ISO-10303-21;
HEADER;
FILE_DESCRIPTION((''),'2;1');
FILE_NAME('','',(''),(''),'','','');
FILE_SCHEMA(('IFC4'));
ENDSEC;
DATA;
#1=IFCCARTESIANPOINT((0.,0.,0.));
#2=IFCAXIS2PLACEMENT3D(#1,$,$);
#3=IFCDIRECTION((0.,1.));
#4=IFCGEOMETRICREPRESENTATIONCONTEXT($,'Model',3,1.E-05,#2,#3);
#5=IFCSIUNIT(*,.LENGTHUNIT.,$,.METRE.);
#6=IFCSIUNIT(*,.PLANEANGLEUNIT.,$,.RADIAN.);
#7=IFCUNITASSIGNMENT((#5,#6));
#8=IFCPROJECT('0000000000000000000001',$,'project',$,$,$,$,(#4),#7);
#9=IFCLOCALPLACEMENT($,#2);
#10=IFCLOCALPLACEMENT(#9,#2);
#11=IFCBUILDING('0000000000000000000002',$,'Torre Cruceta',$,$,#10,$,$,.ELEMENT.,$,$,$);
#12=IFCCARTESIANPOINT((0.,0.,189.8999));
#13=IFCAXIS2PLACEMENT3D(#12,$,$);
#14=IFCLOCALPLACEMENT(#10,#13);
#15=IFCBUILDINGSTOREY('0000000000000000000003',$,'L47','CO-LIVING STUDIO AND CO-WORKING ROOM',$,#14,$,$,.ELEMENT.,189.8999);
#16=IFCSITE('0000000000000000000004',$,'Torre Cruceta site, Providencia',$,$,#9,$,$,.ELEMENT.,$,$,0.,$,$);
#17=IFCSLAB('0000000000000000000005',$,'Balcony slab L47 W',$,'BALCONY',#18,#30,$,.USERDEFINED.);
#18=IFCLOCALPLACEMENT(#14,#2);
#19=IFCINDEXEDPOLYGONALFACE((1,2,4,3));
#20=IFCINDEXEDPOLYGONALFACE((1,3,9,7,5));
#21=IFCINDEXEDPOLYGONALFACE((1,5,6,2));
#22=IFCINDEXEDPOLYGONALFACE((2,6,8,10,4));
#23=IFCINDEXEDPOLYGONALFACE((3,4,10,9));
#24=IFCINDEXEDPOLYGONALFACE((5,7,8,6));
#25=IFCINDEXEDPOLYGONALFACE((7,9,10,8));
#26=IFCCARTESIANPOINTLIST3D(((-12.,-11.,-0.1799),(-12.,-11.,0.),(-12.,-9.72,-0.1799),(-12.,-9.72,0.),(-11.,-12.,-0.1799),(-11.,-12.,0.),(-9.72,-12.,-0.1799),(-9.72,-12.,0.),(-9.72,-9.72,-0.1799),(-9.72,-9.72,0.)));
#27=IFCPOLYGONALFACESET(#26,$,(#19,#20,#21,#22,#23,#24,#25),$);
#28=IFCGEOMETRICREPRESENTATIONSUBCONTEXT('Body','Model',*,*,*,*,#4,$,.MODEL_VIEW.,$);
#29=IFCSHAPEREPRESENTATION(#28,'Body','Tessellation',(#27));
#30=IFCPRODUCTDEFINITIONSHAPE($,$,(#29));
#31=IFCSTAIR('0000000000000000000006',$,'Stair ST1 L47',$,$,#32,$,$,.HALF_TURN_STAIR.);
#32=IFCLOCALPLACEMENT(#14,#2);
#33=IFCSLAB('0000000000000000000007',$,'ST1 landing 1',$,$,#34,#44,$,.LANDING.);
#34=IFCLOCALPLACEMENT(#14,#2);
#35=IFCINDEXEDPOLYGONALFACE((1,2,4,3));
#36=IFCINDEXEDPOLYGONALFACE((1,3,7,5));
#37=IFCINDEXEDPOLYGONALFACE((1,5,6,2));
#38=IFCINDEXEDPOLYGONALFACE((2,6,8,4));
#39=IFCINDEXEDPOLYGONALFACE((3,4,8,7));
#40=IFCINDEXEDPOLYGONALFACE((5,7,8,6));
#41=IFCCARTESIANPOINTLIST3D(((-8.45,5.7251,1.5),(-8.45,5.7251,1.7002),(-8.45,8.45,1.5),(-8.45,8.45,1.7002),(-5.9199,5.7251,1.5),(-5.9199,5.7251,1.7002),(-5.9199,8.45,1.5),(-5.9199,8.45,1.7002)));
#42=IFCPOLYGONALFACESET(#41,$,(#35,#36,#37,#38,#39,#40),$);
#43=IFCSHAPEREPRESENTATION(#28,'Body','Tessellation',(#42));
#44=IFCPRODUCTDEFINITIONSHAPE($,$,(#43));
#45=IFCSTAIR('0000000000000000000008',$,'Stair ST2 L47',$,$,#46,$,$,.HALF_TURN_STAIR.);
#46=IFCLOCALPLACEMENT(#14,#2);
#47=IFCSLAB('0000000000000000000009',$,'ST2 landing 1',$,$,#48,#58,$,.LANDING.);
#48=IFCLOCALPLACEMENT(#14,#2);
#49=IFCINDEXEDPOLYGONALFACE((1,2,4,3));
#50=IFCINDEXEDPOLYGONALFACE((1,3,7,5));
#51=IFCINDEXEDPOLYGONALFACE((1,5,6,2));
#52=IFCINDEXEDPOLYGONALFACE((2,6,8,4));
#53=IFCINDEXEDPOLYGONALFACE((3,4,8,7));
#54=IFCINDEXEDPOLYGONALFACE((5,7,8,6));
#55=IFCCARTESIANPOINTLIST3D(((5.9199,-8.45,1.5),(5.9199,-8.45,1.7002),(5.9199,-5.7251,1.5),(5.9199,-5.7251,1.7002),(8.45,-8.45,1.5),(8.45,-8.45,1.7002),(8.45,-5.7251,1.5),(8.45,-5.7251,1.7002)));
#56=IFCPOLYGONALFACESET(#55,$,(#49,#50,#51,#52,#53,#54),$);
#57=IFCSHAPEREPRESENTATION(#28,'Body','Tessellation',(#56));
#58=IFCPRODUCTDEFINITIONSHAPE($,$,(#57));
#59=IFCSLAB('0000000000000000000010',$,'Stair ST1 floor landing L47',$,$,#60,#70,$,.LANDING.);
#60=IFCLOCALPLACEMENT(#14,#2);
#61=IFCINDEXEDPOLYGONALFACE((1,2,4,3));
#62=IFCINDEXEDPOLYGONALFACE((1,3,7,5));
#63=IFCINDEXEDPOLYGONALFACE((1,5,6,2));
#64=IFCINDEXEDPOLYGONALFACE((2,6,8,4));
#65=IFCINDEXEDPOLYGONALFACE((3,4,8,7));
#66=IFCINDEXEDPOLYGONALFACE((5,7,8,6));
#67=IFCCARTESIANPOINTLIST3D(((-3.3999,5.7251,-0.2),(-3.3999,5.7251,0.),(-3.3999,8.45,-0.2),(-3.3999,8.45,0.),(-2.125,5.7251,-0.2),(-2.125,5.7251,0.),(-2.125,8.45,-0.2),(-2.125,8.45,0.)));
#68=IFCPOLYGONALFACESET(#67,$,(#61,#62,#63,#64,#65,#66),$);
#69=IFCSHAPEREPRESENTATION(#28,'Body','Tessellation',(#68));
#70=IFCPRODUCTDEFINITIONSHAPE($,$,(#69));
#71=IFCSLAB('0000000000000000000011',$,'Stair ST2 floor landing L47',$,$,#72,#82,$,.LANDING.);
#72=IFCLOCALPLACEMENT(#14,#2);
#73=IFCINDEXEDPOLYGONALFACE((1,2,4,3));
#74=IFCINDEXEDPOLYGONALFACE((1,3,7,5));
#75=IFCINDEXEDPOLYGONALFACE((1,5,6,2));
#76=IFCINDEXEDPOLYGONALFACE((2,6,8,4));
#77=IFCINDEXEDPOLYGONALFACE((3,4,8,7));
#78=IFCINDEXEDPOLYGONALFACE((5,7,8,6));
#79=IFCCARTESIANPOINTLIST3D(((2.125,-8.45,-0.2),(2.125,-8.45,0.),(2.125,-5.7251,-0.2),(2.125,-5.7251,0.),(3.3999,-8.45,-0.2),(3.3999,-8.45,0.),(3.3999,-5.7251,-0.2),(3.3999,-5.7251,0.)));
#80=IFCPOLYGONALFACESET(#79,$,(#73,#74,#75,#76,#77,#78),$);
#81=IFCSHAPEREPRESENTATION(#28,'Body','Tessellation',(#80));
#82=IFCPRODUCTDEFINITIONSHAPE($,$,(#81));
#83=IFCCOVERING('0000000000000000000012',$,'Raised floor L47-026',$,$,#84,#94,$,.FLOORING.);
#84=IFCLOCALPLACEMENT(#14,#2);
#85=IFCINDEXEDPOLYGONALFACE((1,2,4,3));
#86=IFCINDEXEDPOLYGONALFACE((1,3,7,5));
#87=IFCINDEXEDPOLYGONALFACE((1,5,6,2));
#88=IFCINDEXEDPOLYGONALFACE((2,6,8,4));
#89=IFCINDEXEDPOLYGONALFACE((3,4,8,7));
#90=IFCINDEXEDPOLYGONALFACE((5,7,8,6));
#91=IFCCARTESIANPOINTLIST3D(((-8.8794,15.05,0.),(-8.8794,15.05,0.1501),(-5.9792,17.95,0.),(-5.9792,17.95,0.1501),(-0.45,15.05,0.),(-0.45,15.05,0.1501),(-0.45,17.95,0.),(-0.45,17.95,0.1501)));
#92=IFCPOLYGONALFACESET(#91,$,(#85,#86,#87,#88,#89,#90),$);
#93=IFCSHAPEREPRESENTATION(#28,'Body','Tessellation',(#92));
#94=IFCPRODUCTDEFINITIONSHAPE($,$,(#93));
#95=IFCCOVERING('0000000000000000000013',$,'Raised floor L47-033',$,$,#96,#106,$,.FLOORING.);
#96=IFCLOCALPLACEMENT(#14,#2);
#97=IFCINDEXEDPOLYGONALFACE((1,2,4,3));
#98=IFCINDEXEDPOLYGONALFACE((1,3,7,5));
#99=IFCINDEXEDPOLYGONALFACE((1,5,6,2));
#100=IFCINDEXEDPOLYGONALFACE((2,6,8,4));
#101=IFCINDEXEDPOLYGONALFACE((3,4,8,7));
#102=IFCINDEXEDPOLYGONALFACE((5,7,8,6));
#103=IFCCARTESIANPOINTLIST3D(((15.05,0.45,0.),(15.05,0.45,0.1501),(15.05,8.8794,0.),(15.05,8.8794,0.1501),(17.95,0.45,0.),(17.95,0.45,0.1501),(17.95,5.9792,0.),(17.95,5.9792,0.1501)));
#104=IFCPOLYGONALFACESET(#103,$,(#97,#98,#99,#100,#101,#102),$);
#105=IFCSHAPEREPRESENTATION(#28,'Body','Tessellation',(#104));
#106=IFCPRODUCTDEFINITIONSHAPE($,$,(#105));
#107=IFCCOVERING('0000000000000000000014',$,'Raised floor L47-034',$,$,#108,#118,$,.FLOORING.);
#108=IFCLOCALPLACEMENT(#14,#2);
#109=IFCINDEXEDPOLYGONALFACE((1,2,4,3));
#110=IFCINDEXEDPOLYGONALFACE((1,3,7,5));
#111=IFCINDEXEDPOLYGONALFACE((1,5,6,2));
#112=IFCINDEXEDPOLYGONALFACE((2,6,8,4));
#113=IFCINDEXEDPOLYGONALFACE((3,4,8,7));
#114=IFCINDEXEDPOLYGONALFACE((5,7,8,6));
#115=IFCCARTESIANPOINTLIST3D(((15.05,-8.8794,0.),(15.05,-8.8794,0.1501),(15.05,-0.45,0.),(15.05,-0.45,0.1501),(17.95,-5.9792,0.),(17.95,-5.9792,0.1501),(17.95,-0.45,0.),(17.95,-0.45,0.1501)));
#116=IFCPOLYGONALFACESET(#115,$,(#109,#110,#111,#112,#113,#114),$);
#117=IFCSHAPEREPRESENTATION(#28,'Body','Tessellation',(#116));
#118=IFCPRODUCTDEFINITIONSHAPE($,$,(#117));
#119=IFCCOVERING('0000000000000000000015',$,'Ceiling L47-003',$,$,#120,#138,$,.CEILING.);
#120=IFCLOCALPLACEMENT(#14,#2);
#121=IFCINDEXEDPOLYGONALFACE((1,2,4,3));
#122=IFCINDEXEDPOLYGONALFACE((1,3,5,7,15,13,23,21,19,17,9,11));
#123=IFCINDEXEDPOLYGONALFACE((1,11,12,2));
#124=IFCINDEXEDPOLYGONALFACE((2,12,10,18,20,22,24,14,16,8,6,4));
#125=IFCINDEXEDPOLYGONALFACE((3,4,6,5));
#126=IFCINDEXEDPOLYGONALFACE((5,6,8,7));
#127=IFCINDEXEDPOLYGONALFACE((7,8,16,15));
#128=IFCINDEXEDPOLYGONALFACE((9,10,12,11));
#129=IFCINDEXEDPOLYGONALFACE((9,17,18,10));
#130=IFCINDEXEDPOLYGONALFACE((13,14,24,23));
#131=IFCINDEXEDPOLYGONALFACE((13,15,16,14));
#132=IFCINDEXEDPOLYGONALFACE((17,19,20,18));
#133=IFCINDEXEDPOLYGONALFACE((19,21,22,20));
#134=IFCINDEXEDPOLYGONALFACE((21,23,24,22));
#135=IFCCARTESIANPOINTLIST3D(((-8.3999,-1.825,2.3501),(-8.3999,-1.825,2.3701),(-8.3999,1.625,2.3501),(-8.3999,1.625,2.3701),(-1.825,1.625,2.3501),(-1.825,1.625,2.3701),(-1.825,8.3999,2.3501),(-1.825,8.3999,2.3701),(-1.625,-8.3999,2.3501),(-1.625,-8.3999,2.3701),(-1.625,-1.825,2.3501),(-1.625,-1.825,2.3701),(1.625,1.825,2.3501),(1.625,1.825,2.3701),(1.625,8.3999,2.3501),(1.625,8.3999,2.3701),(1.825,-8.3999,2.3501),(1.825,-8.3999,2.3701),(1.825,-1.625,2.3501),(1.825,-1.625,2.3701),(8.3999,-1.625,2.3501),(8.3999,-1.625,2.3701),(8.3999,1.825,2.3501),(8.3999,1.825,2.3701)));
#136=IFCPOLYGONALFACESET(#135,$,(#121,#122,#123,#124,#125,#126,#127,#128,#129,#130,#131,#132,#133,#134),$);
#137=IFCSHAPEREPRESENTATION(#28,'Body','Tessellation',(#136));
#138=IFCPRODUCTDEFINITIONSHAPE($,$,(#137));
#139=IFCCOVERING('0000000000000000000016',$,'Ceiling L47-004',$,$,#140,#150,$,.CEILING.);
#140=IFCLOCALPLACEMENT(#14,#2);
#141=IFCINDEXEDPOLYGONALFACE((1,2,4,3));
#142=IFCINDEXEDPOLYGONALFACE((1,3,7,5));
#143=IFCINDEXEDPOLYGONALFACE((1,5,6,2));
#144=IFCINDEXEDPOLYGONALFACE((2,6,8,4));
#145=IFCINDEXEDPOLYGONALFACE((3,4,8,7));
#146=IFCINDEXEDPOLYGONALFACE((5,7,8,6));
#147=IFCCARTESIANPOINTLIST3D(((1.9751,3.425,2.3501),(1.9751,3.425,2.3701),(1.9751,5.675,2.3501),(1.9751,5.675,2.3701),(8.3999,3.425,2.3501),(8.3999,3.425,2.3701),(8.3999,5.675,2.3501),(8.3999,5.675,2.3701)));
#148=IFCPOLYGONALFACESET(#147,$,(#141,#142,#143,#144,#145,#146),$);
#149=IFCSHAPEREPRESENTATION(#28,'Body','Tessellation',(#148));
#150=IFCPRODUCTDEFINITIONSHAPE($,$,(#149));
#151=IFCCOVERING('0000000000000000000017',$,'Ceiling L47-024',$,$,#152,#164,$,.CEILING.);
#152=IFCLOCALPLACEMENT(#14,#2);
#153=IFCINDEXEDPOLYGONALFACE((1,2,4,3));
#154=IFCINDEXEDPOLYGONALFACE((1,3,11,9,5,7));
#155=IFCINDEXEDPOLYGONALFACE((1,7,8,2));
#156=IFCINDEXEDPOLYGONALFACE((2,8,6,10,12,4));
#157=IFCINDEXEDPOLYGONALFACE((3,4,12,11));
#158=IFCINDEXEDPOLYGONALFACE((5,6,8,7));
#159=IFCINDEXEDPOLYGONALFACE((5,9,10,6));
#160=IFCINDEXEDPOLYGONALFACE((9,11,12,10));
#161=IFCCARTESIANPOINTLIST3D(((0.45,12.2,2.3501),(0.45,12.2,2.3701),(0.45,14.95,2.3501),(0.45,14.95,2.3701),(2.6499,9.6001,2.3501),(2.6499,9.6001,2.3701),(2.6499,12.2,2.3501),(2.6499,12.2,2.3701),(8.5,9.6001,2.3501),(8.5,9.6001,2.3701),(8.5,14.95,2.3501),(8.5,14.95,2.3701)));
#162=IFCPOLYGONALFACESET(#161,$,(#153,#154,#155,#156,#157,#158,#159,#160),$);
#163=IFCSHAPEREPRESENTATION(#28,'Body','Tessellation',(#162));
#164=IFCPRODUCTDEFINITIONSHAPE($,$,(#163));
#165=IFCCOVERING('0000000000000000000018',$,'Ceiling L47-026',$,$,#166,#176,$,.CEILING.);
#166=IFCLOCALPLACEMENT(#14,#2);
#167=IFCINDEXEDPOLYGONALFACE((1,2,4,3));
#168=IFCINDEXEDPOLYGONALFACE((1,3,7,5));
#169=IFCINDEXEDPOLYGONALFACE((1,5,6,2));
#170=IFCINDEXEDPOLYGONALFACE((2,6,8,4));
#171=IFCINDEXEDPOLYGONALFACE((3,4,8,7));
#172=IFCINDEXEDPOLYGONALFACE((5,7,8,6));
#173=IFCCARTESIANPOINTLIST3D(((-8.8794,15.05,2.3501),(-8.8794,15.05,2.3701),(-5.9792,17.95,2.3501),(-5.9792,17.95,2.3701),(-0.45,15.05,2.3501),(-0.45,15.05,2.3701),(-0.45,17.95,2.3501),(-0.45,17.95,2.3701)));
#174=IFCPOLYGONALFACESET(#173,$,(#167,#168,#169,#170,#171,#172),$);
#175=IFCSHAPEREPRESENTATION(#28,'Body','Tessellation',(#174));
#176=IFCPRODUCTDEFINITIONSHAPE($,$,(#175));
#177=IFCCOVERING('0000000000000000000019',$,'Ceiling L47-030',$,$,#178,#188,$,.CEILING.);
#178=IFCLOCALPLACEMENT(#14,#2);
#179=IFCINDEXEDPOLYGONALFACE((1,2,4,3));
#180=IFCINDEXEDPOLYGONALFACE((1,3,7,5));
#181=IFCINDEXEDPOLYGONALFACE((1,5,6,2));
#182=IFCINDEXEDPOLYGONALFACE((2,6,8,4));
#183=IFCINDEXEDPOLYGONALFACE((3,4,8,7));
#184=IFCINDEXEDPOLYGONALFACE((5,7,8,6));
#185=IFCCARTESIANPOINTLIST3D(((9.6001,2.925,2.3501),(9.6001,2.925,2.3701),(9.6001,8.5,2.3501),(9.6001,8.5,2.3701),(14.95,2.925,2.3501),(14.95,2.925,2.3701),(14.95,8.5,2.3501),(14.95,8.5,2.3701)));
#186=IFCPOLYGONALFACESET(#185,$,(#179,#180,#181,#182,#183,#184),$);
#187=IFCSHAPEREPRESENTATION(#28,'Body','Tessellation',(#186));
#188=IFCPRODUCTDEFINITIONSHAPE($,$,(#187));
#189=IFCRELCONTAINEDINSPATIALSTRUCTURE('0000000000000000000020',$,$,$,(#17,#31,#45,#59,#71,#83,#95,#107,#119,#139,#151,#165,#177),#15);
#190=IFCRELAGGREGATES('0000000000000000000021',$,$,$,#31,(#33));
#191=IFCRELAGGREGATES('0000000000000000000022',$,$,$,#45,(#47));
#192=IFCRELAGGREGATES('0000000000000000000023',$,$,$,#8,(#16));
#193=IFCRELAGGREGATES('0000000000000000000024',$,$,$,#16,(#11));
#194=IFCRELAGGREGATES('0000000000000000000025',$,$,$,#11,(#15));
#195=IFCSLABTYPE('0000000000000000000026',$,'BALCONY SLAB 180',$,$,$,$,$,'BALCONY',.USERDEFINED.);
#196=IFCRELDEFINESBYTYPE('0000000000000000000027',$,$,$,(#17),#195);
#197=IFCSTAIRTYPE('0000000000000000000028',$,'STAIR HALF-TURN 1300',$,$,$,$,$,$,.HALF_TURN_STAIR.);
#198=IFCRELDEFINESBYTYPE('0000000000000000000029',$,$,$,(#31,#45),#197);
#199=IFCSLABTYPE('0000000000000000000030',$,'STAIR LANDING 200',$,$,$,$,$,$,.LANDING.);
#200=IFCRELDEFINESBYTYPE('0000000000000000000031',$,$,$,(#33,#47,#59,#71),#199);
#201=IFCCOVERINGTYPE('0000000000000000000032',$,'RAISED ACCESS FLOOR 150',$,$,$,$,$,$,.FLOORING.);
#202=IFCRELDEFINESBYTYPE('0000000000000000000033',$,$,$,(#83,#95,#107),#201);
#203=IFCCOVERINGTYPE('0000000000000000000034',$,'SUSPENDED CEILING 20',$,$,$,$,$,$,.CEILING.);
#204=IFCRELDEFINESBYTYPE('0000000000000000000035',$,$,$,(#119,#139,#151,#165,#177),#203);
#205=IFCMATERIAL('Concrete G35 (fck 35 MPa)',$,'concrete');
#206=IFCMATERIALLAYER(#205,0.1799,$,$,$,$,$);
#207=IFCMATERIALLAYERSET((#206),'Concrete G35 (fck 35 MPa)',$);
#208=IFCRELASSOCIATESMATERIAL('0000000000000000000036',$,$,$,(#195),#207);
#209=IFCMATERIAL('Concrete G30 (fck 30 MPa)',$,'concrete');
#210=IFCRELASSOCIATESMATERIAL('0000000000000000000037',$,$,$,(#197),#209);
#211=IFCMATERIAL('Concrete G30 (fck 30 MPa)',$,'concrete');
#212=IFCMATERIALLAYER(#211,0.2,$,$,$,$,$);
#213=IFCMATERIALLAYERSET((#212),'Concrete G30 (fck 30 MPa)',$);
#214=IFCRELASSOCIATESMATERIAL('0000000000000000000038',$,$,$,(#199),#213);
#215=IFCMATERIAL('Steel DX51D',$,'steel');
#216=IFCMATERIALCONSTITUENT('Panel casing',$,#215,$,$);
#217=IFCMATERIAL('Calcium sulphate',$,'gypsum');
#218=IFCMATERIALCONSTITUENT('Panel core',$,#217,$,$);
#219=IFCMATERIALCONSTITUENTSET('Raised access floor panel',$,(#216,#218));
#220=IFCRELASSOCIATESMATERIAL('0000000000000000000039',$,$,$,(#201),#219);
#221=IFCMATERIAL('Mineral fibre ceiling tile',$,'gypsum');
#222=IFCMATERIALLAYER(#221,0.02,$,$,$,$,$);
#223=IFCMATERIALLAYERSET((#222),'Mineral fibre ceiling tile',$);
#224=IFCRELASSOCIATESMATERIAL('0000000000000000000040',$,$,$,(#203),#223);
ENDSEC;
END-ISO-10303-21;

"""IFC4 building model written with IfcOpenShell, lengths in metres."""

from ifc_helpers import new_model, si_unit, direction, frame, origin, place, context, subcontext, project, spatial, polyline, outline, extrude, material, layer, layer_set, constituent, constituent_set, type_object, element, aggregate, save


model = new_model("IFC4")

# Units and contexts
model_context = context("Model", 3, precision=1e-05, world=origin(), true_north=direction((0.0, 1.0)))
body_context = subcontext(model_context, "Body", "Model", "MODEL_VIEW")
ifc_project = project(units=[si_unit("LENGTHUNIT", "METRE"), si_unit("PLANEANGLEUNIT", "RADIAN")], contexts=[model_context])

# Site, building, storey
site_placement = place(None, origin())
site = spatial("IfcSite", under=ifc_project, at=site_placement, Name="Torre Cruceta site, Providencia", CompositionType="ELEMENT", RefElevation=0.0)
building_placement = place(site_placement, origin())
building = spatial("IfcBuilding", under=site, at=building_placement, Name="Torre Cruceta", CompositionType="ELEMENT")
storey_placement = place(building_placement, frame((0.0, 0.0, 189.8999)))
storey = spatial("IfcBuildingStorey", under=building, at=storey_placement, Name="L47", Description="CO-LIVING STUDIO AND CO-WORKING ROOM", CompositionType="ELEMENT", Elevation=189.8999)

# Slab
ifc_material_1 = material(Name="Concrete G35 (fck 35 MPa)", Category="concrete")
ifc_layer_1 = layer(ifc_material_1, 0.1799)
ifc_layer_set_1 = layer_set([ifc_layer_1], Name="Concrete G35 (fck 35 MPa)")
slab_type_1 = type_object("IfcSlabType", Name="BALCONY SLAB 180", ElementType="BALCONY", PredefinedType="USERDEFINED", material=ifc_layer_set_1)
slab_1_placement = place(storey_placement, frame((0.0, 0.0, -0.1799)))
element("IfcSlab", 1, at=slab_1_placement, inside=storey, type_object=slab_type_1, Name="Balcony slab L47 W", ObjectType="BALCONY", PredefinedType="USERDEFINED", context=body_context, shape_type="SweptSolid", body=[
    extrude(outline(polyline([(-11.0, -12.0), (-12.0, -11.0), (-12.0, -9.72), (-9.72, -9.72), (-9.72, -12.0), (-11.0, -12.0)])), origin(), (0.0, 0.0, 1.0), 0.1799),
])

# Stairs, slabs
ifc_material_2 = material(Name="Concrete G30 (fck 30 MPa)", Category="concrete")
stair_type = type_object("IfcStairType", Name="STAIR HALF-TURN 1300", PredefinedType="HALF_TURN_STAIR", material=ifc_material_2)
stair_1_placement = place(storey_placement, origin())
stair_1 = element("IfcStair", 2, at=stair_1_placement, inside=storey, type_object=stair_type, Name="Stair ST1 L47", PredefinedType="HALF_TURN_STAIR")
ifc_material_3 = material(Name="Concrete G30 (fck 30 MPa)", Category="concrete")
ifc_layer_2 = layer(ifc_material_3, 0.2)
ifc_layer_set_2 = layer_set([ifc_layer_2], Name="Concrete G30 (fck 30 MPa)")
slab_type_2 = type_object("IfcSlabType", Name="STAIR LANDING 200", PredefinedType="LANDING", material=ifc_layer_set_2)
slab_2_placement = place(storey_placement, frame((0.0, 0.0, 1.5)))
slab_2 = element("IfcSlab", 3, at=slab_2_placement, type_object=slab_type_2, Name="ST1 landing 1", PredefinedType="LANDING", context=body_context, shape_type="SweptSolid", body=[
    extrude(outline(polyline([(-8.45, 5.7251), (-5.9199, 5.7251), (-5.9199, 8.45), (-8.45, 8.45), (-8.45, 5.7251)])), origin(), (0.0, 0.0, 1.0), 0.2002),
])
aggregate(stair_1, [slab_2])
stair_2_placement = place(storey_placement, origin())
stair_2 = element("IfcStair", 4, at=stair_2_placement, inside=storey, type_object=stair_type, Name="Stair ST2 L47", PredefinedType="HALF_TURN_STAIR")
slab_3_placement = place(storey_placement, frame((0.0, 0.0, 1.5)))
slab_3 = element("IfcSlab", 5, at=slab_3_placement, type_object=slab_type_2, Name="ST2 landing 1", PredefinedType="LANDING", context=body_context, shape_type="SweptSolid", body=[
    extrude(outline(polyline([(5.9199, -8.45), (8.45, -8.45), (8.45, -5.7251), (5.9199, -5.7251), (5.9199, -8.45)])), origin(), (0.0, 0.0, 1.0), 0.2002),
])
aggregate(stair_2, [slab_3])

# Slabs
slab_4_placement = place(storey_placement, frame((0.0, 0.0, -0.2)))
element("IfcSlab", 6, at=slab_4_placement, inside=storey, type_object=slab_type_2, Name="Stair ST1 floor landing L47", PredefinedType="LANDING", context=body_context, shape_type="SweptSolid", body=[
    extrude(outline(polyline([(-2.125, 8.45), (-2.125, 5.7251), (-3.3999, 5.7251), (-3.3999, 8.45), (-2.125, 8.45)])), origin(), (0.0, 0.0, 1.0), 0.2),
])
slab_5_placement = place(storey_placement, frame((0.0, 0.0, -0.2)))
element("IfcSlab", 7, at=slab_5_placement, inside=storey, type_object=slab_type_2, Name="Stair ST2 floor landing L47", PredefinedType="LANDING", context=body_context, shape_type="SweptSolid", body=[
    extrude(outline(polyline([(2.125, -8.45), (2.125, -5.7251), (3.3999, -5.7251), (3.3999, -8.45), (2.125, -8.45)])), origin(), (0.0, 0.0, 1.0), 0.2),
])

# Coverings
ifc_material_4 = material(Name="Steel DX51D", Category="steel")
ifc_constituent_1 = constituent(ifc_material_4, Name="Panel casing")
ifc_material_5 = material(Name="Calcium sulphate", Category="gypsum")
ifc_constituent_2 = constituent(ifc_material_5, Name="Panel core")
ifc_constituent_set = constituent_set(constituents=[ifc_constituent_1, ifc_constituent_2], Name="Raised access floor panel")
covering_type_1 = type_object("IfcCoveringType", Name="RAISED ACCESS FLOOR 150", PredefinedType="FLOORING", material=ifc_constituent_set)
covering_1_placement = place(storey_placement, origin())
element("IfcCovering", 8, at=covering_1_placement, inside=storey, type_object=covering_type_1, Name="Raised floor L47-026", PredefinedType="FLOORING", context=body_context, shape_type="SweptSolid", body=[
    extrude(outline(polyline([(-5.9792, 17.95), (-0.45, 17.95), (-0.45, 15.05), (-8.8794, 15.05), (-5.9792, 17.95)])), origin(), (0.0, 0.0, 1.0), 0.1501),
])
covering_2_placement = place(storey_placement, origin())
element("IfcCovering", 9, at=covering_2_placement, inside=storey, type_object=covering_type_1, Name="Raised floor L47-033", PredefinedType="FLOORING", context=body_context, shape_type="SweptSolid", body=[
    extrude(outline(polyline([(17.95, 5.9792), (17.95, 0.45), (15.05, 0.45), (15.05, 8.8794), (17.95, 5.9792)])), origin(), (0.0, 0.0, 1.0), 0.1501),
])
covering_3_placement = place(storey_placement, origin())
element("IfcCovering", 10, at=covering_3_placement, inside=storey, type_object=covering_type_1, Name="Raised floor L47-034", PredefinedType="FLOORING", context=body_context, shape_type="SweptSolid", body=[
    extrude(outline(polyline([(15.05, -8.8794), (15.05, -0.45), (17.95, -0.45), (17.95, -5.9792), (15.05, -8.8794)])), origin(), (0.0, 0.0, 1.0), 0.1501),
])
ifc_material_6 = material(Name="Mineral fibre ceiling tile", Category="gypsum")
ifc_layer_3 = layer(ifc_material_6, 0.02)
ifc_layer_set_3 = layer_set([ifc_layer_3], Name="Mineral fibre ceiling tile")
covering_type_2 = type_object("IfcCoveringType", Name="SUSPENDED CEILING 20", PredefinedType="CEILING", material=ifc_layer_set_3)
covering_4_placement = place(storey_placement, frame((0.0, 0.0, 2.3501)))
element("IfcCovering", 11, at=covering_4_placement, inside=storey, type_object=covering_type_2, Name="Ceiling L47-003", PredefinedType="CEILING", context=body_context, shape_type="SweptSolid", body=[
    extrude(outline(polyline([(-1.625, -8.3999), (-1.625, -1.825), (-8.3999, -1.825), (-8.3999, 1.625), (-1.825, 1.625), (-1.825, 8.3999), (1.625, 8.3999), (1.625, 1.825), (8.3999, 1.825), (8.3999, -1.625), (1.825, -1.625), (1.825, -8.3999), (-1.625, -8.3999)])), origin(), (0.0, 0.0, 1.0), 0.02),
])
covering_5_placement = place(storey_placement, frame((0.0, 0.0, 2.3501)))
element("IfcCovering", 12, at=covering_5_placement, inside=storey, type_object=covering_type_2, Name="Ceiling L47-004", PredefinedType="CEILING", context=body_context, shape_type="SweptSolid", body=[
    extrude(outline(polyline([(1.9751, 3.425), (1.9751, 5.675), (8.3999, 5.675), (8.3999, 3.425), (1.9751, 3.425)])), origin(), (0.0, 0.0, 1.0), 0.02),
])
covering_6_placement = place(storey_placement, frame((0.0, 0.0, 2.3501)))
element("IfcCovering", 13, at=covering_6_placement, inside=storey, type_object=covering_type_2, Name="Ceiling L47-024", PredefinedType="CEILING", context=body_context, shape_type="SweptSolid", body=[
    extrude(outline(polyline([(0.45, 14.95), (8.5, 14.95), (8.5, 9.6001), (2.6499, 9.6001), (2.6499, 12.2), (0.45, 12.2), (0.45, 14.95)])), origin(), (0.0, 0.0, 1.0), 0.02),
])
covering_7_placement = place(storey_placement, frame((0.0, 0.0, 2.3501)))
element("IfcCovering", 14, at=covering_7_placement, inside=storey, type_object=covering_type_2, Name="Ceiling L47-026", PredefinedType="CEILING", context=body_context, shape_type="SweptSolid", body=[
    extrude(outline(polyline([(-5.9792, 17.95), (-0.45, 17.95), (-0.45, 15.05), (-8.8794, 15.05), (-5.9792, 17.95)])), origin(), (0.0, 0.0, 1.0), 0.02),
])
covering_8_placement = place(storey_placement, frame((0.0, 0.0, 2.3501)))
element("IfcCovering", 15, at=covering_8_placement, inside=storey, type_object=covering_type_2, Name="Ceiling L47-030", PredefinedType="CEILING", context=body_context, shape_type="SweptSolid", body=[
    extrude(outline(polyline([(9.6001, 2.925), (9.6001, 8.5), (14.95, 8.5), (14.95, 2.925), (9.6001, 2.925)])), origin(), (0.0, 0.0, 1.0), 0.02),
])

save(model, "model.ifc")
